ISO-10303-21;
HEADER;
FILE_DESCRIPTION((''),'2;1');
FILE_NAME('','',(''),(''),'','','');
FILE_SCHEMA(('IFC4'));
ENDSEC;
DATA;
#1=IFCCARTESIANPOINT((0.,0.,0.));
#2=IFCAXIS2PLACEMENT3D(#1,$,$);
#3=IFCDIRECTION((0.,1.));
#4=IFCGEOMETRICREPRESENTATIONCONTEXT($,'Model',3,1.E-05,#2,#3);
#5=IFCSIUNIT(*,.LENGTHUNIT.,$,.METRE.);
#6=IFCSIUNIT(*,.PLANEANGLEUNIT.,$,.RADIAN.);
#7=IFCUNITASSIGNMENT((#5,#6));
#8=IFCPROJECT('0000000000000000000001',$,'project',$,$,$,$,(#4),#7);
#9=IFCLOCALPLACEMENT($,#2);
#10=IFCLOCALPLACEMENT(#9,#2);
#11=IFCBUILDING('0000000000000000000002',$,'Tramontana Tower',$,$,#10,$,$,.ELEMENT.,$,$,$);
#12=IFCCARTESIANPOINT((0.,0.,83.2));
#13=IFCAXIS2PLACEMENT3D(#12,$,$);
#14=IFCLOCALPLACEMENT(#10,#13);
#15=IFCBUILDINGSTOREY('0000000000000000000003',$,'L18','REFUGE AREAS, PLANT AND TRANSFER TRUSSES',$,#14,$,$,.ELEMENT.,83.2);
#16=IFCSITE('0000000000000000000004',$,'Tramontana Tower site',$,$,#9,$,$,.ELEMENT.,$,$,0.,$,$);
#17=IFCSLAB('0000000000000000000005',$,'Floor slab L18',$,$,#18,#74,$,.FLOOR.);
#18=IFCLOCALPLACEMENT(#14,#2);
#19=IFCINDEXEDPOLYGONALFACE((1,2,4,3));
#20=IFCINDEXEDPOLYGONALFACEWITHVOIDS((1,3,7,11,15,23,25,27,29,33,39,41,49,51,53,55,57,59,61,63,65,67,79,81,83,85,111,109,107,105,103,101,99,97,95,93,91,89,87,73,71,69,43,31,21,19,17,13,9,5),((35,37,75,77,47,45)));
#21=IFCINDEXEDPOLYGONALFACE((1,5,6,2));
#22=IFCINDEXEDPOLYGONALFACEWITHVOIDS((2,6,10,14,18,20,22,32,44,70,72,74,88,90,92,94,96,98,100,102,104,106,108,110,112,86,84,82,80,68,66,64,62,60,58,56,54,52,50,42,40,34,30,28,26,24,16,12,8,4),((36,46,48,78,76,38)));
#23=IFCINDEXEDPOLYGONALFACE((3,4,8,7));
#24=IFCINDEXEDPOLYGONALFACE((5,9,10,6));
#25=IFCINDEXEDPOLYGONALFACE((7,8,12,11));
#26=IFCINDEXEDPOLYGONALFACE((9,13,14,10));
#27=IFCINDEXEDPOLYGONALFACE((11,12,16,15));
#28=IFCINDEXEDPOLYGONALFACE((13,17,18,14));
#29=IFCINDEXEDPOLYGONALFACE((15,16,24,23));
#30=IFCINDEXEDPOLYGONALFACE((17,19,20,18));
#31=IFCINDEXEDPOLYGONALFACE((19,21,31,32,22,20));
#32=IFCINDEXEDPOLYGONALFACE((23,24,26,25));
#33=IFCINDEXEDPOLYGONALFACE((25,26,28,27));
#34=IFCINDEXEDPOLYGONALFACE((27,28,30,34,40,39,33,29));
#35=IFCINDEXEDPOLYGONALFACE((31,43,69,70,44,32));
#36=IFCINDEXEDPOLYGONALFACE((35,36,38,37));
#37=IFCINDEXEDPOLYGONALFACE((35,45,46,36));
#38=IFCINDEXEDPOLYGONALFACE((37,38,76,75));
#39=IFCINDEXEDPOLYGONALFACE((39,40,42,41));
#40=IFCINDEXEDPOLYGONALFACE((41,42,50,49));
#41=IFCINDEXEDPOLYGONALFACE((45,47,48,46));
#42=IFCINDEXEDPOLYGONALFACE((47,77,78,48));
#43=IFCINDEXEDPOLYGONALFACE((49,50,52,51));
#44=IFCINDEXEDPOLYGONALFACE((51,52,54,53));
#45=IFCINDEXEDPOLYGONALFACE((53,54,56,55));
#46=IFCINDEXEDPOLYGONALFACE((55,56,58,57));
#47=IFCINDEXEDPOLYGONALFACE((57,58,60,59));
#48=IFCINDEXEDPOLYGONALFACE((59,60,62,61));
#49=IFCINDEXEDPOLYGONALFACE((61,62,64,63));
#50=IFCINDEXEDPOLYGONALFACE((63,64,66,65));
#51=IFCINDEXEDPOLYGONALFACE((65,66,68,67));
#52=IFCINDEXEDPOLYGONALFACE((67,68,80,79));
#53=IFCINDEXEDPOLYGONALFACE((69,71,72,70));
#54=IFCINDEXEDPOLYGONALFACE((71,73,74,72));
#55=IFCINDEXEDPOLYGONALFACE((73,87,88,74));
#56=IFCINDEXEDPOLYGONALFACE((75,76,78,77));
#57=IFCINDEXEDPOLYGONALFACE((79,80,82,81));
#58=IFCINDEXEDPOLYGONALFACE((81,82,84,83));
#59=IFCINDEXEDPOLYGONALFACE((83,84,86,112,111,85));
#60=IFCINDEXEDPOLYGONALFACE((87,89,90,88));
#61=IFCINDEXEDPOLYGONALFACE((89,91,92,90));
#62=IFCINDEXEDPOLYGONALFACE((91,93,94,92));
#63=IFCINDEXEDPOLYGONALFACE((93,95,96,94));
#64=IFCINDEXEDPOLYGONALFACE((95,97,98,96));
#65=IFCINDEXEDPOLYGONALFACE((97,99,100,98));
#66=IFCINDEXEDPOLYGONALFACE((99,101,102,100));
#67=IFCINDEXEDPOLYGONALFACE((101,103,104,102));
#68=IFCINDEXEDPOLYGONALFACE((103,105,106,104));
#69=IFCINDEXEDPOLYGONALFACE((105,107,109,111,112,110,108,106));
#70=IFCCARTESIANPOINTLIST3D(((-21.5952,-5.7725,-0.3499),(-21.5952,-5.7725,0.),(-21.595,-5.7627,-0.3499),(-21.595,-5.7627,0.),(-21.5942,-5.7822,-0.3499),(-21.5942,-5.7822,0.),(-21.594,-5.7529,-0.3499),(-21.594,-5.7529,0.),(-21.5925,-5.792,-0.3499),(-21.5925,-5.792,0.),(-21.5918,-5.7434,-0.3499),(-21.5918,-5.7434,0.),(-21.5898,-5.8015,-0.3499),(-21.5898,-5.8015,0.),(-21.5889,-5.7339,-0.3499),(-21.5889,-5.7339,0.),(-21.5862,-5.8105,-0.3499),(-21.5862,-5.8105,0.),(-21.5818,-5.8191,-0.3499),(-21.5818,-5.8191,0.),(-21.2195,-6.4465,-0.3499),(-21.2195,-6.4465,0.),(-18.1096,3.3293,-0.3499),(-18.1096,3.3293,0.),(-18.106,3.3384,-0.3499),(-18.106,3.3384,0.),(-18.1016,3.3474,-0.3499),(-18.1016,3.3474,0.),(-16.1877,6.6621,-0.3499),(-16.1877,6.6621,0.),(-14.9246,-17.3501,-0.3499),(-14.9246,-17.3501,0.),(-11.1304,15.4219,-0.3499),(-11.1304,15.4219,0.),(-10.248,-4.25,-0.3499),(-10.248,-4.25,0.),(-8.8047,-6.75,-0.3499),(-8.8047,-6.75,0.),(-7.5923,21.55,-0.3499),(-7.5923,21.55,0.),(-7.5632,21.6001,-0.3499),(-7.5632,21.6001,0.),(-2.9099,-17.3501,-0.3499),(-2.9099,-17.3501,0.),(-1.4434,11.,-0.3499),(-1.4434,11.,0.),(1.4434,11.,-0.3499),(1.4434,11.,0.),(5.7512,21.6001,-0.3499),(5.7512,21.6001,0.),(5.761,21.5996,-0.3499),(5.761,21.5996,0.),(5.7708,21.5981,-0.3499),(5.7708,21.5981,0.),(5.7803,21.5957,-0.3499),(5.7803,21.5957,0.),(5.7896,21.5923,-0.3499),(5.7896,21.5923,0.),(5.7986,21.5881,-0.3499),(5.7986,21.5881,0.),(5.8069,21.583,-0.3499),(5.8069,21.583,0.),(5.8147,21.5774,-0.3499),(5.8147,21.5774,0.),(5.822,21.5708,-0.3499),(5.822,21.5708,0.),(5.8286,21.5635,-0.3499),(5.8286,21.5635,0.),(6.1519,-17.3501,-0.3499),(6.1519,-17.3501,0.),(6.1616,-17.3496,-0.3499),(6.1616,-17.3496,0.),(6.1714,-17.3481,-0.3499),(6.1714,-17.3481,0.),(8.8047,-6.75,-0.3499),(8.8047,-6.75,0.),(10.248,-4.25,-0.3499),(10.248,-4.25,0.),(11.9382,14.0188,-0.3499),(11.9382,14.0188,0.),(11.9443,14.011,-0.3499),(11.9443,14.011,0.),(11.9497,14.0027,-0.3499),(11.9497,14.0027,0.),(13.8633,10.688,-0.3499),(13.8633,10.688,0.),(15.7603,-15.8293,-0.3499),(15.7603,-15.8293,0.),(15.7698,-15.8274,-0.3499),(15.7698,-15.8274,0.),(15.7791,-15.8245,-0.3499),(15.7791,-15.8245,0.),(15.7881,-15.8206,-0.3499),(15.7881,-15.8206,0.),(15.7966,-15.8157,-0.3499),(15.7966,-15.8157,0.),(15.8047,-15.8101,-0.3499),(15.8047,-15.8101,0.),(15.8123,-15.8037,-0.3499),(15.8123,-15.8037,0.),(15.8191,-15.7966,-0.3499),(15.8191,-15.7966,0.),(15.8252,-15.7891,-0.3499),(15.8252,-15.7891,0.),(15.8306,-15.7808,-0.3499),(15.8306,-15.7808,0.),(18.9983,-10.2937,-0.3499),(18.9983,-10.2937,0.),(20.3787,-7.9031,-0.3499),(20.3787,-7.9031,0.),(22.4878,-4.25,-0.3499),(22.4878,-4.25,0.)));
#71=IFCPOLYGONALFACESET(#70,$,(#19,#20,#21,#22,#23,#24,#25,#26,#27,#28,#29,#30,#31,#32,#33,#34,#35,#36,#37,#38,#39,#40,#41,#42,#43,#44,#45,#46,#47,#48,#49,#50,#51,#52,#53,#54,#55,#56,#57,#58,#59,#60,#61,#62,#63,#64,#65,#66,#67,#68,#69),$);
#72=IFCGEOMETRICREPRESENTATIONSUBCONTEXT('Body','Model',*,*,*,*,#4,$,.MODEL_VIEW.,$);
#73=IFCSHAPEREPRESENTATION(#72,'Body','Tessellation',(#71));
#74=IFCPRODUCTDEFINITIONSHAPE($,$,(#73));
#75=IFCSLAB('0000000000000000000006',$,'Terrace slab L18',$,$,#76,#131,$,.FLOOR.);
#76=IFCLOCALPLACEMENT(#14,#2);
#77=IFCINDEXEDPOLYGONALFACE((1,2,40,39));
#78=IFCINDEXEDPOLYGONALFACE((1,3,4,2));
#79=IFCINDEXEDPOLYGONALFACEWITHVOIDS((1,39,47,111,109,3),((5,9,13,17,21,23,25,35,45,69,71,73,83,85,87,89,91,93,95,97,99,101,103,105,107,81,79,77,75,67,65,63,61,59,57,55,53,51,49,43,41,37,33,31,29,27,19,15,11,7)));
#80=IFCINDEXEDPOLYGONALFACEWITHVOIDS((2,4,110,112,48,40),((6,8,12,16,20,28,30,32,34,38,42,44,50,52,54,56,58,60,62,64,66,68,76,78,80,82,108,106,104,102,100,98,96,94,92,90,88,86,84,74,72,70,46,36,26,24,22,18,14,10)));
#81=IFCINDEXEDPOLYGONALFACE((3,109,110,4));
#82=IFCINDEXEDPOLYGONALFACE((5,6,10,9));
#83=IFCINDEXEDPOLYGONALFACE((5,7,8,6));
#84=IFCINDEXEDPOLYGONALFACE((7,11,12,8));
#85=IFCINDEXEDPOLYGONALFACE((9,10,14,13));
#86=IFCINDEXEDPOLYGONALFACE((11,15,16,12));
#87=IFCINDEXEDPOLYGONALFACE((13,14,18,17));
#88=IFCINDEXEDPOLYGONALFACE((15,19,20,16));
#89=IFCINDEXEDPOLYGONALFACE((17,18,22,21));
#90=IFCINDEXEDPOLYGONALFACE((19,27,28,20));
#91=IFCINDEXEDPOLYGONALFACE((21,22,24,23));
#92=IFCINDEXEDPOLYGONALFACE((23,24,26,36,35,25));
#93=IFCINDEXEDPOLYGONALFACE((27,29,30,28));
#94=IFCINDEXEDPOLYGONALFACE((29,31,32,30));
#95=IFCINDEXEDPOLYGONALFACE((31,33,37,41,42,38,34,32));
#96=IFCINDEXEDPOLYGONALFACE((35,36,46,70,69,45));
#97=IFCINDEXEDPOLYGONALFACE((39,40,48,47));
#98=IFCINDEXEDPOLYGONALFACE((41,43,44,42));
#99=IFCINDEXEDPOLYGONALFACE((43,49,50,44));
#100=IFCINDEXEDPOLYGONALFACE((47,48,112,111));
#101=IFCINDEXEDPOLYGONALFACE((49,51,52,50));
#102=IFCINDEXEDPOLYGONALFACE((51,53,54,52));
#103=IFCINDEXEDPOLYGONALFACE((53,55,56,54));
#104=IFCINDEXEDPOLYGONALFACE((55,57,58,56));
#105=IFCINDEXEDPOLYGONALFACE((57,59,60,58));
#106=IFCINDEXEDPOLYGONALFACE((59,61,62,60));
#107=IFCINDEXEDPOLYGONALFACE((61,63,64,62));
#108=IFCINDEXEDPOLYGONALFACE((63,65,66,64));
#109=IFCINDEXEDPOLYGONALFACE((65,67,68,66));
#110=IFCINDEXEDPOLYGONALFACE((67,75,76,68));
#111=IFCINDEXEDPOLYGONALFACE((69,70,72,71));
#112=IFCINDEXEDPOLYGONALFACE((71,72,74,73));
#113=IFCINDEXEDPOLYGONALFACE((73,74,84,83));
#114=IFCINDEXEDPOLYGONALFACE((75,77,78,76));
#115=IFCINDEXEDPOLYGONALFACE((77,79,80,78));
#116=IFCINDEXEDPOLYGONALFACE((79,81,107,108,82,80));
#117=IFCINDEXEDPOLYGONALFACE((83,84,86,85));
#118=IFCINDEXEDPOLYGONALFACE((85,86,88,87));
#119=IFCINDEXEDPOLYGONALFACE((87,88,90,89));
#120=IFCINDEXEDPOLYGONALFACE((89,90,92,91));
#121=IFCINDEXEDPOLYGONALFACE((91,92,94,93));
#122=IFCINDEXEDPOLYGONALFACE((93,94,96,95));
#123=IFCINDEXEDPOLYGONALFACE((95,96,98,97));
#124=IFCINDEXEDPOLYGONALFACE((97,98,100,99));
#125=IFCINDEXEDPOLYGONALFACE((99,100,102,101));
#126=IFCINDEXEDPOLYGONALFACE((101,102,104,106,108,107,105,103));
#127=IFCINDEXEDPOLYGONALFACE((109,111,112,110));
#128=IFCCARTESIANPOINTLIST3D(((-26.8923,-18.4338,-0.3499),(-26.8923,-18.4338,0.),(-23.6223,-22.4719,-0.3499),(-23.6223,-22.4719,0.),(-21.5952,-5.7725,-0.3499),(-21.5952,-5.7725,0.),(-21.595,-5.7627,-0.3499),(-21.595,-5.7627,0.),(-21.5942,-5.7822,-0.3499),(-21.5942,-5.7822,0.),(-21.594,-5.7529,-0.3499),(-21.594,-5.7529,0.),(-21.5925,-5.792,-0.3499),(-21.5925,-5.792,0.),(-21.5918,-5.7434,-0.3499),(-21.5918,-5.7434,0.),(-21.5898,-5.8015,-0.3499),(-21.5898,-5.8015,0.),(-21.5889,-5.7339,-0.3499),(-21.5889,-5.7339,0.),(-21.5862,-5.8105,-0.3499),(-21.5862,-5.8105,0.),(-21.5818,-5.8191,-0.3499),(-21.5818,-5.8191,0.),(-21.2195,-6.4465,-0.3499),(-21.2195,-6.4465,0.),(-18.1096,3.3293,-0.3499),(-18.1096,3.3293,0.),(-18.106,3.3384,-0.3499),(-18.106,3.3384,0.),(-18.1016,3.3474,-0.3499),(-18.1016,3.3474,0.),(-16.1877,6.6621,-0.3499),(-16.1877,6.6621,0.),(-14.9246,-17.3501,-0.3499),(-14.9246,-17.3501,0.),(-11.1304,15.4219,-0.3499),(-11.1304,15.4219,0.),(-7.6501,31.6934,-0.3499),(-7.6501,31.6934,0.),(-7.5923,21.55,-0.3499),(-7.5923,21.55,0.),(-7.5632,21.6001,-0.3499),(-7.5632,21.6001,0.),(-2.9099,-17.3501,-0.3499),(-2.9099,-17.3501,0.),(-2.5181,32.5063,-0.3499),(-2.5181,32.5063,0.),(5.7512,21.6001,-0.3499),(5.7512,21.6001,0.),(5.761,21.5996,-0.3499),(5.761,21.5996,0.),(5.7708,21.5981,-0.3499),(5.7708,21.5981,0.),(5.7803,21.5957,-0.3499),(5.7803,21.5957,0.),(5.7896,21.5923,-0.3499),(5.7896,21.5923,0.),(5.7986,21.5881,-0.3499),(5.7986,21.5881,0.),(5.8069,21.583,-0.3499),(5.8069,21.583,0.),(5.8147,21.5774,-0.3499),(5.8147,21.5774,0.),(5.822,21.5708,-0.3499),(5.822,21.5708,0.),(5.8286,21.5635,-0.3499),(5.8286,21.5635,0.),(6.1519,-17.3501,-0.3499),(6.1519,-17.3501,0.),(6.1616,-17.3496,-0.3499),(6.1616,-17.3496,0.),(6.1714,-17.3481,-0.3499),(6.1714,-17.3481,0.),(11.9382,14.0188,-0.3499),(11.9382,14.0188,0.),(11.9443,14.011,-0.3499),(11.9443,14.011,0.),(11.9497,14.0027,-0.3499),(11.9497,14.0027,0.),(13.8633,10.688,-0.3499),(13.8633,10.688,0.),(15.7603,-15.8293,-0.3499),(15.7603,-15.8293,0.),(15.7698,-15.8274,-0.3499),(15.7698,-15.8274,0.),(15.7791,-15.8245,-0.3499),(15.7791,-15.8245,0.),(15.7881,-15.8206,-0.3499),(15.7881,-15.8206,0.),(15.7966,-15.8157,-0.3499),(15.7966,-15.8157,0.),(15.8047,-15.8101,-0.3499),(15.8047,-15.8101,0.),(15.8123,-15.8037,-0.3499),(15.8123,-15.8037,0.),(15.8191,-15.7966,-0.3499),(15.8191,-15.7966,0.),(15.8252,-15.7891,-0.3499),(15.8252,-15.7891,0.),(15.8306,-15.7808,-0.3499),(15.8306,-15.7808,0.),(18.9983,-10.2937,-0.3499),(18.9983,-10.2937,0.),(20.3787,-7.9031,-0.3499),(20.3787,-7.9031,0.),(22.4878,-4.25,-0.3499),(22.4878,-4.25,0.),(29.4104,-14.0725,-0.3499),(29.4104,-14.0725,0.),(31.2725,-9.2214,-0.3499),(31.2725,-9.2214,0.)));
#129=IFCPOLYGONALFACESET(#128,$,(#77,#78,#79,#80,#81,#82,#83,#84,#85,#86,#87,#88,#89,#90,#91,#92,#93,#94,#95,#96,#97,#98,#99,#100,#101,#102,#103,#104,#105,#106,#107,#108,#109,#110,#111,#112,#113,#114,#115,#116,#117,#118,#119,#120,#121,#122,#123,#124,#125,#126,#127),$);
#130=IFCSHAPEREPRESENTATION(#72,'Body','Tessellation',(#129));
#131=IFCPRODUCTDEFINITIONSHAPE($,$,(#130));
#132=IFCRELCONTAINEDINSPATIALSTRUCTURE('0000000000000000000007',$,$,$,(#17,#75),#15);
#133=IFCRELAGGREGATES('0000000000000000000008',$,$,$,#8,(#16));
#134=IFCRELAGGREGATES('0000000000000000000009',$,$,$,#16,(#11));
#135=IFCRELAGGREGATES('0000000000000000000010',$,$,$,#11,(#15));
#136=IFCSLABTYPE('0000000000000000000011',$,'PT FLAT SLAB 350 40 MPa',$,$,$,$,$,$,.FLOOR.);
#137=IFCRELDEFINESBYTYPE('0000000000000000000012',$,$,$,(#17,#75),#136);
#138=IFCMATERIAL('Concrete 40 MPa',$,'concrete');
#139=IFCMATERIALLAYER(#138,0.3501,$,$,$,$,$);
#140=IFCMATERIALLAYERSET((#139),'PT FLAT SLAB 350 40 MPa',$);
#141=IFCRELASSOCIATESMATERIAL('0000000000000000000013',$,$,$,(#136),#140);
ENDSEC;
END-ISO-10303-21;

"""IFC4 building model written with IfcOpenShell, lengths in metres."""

from ifc_helpers import new_model, si_unit, direction, frame, origin, place, context, subcontext, project, spatial, polyline, outline, extrude, material, layer, layer_set, type_object, element, save


model = new_model("IFC4")

# Units and contexts
model_context = context("Model", 3, precision=1e-05, world=origin(), true_north=direction((0.0, 1.0)))
body_context = subcontext(model_context, "Body", "Model", "MODEL_VIEW")
ifc_project = project(units=[si_unit("LENGTHUNIT", "METRE"), si_unit("PLANEANGLEUNIT", "RADIAN")], contexts=[model_context])

# Site, building, storey
site_placement = place(None, origin())
site = spatial("IfcSite", under=ifc_project, at=site_placement, Name="Tramontana Tower site", CompositionType="ELEMENT", RefElevation=0.0)
building_placement = place(site_placement, origin())
building = spatial("IfcBuilding", under=site, at=building_placement, Name="Tramontana Tower", CompositionType="ELEMENT")
storey_placement = place(building_placement, frame((0.0, 0.0, 83.2)))
storey = spatial("IfcBuildingStorey", under=building, at=storey_placement, Name="L18", Description="REFUGE AREAS, PLANT AND TRANSFER TRUSSES", CompositionType="ELEMENT", Elevation=83.2)

# Slabs
ifc_material_1 = material(Name="Concrete 40 MPa", Category="concrete")
ifc_layer_1 = layer(ifc_material_1, 0.3501)
ifc_layer_set_1 = layer_set([ifc_layer_1], Name="PT FLAT SLAB 350 40 MPa")
slab_type_1 = type_object("IfcSlabType", Name="PT FLAT SLAB 350 40 MPa", PredefinedType="FLOOR", material=ifc_layer_set_1)
slab_1_placement = place(storey_placement, frame((0.0, 0.0, -0.3499)))
element("IfcSlab", 1, at=slab_1_placement, inside=storey, type_object=slab_type_1, Name="Floor slab L18", PredefinedType="FLOOR", context=body_context, shape_type="SweptSolid", body=[
    extrude(outline(polyline([(-14.9246, -17.3501), (-14.9246, -17.3501), (-14.9246, -17.3501), (-21.2195, -6.4465), (-21.5818, -5.8191), (-21.5862, -5.8105), (-21.5898, -5.8015), (-21.5925, -5.792), (-21.5942, -5.7822), (-21.5952, -5.7725), (-21.595, -5.7627), (-21.594, -5.7529), (-21.5918, -5.7434), (-21.5889, -5.7339), (-18.1096, 3.3293), (-18.106, 3.3384), (-18.1016, 3.3474), (-16.1877, 6.6621), (-11.1304, 15.4219), (-7.5923, 21.55), (-7.5632, 21.6001), (-7.5632, 21.6001), (-7.5632, 21.6001), (5.7512, 21.6001), (5.761, 21.5996), (5.7708, 21.5981), (5.7803, 21.5957), (5.7896, 21.5923), (5.7986, 21.5881), (5.8069, 21.583), (5.8147, 21.5774), (5.822, 21.5708), (5.8286, 21.5635), (11.9382, 14.0188), (11.9443, 14.011), (11.9497, 14.0027), (13.8633, 10.688), (22.4878, -4.25), (22.4878, -4.25), (22.4878, -4.25), (20.3787, -7.9031), (18.9983, -10.2937), (15.8306, -15.7808), (15.8252, -15.7891), (15.8191, -15.7966), (15.8123, -15.8037), (15.8047, -15.8101), (15.7966, -15.8157), (15.7881, -15.8206), (15.7791, -15.8245), (15.7698, -15.8274), (15.7603, -15.8293), (6.1714, -17.3481), (6.1616, -17.3496), (6.1519, -17.3501), (-2.9099, -17.3501), (-14.9246, -17.3501)]), holes=[polyline([(-8.8047, -6.75), (8.8047, -6.75), (10.248, -4.25), (1.4434, 11.0), (-1.4434, 11.0), (-10.248, -4.25), (-8.8047, -6.75)])]), origin(), (0.0, 0.0, 1.0), 0.3499),
])
slab_2_placement = place(storey_placement, frame((0.0, 0.0, -0.3499)))
element("IfcSlab", 2, at=slab_2_placement, inside=storey, type_object=slab_type_1, Name="Terrace slab L18", PredefinedType="FLOOR", context=body_context, shape_type="SweptSolid", body=[
    extrude(outline(polyline([(-23.6223, -22.4719), (-26.8923, -18.4338), (-7.6501, 31.6934), (-2.5181, 32.5063), (31.2725, -9.2214), (29.4104, -14.0725), (-23.6223, -22.4719)]), holes=[polyline([(6.1519, -17.3501), (6.1616, -17.3496), (6.1714, -17.3481), (15.7603, -15.8293), (15.7698, -15.8274), (15.7791, -15.8245), (15.7881, -15.8206), (15.7966, -15.8157), (15.8047, -15.8101), (15.8123, -15.8037), (15.8191, -15.7966), (15.8252, -15.7891), (15.8306, -15.7808), (18.9983, -10.2937), (20.3787, -7.9031), (22.4878, -4.25), (22.4878, -4.25), (22.4878, -4.25), (13.8633, 10.688), (11.9497, 14.0027), (11.9443, 14.011), (11.9382, 14.0188), (5.8286, 21.5635), (5.822, 21.5708), (5.8147, 21.5774), (5.8069, 21.583), (5.7986, 21.5881), (5.7896, 21.5923), (5.7803, 21.5957), (5.7708, 21.5981), (5.761, 21.5996), (5.7512, 21.6001), (-7.5632, 21.6001), (-7.5632, 21.6001), (-7.5632, 21.6001), (-7.5923, 21.55), (-11.1304, 15.4219), (-16.1877, 6.6621), (-18.1016, 3.3474), (-18.106, 3.3384), (-18.1096, 3.3293), (-21.5889, -5.7339), (-21.5918, -5.7434), (-21.594, -5.7529), (-21.595, -5.7627), (-21.5952, -5.7725), (-21.5942, -5.7822), (-21.5925, -5.792), (-21.5898, -5.8015), (-21.5862, -5.8105), (-21.5818, -5.8191), (-21.2195, -6.4465), (-14.9246, -17.3501), (-14.9246, -17.3501), (-14.9246, -17.3501), (-2.9099, -17.3501), (6.1519, -17.3501)])]), origin(), (0.0, 0.0, 1.0), 0.3499),
])

save(model, "model.ifc")
